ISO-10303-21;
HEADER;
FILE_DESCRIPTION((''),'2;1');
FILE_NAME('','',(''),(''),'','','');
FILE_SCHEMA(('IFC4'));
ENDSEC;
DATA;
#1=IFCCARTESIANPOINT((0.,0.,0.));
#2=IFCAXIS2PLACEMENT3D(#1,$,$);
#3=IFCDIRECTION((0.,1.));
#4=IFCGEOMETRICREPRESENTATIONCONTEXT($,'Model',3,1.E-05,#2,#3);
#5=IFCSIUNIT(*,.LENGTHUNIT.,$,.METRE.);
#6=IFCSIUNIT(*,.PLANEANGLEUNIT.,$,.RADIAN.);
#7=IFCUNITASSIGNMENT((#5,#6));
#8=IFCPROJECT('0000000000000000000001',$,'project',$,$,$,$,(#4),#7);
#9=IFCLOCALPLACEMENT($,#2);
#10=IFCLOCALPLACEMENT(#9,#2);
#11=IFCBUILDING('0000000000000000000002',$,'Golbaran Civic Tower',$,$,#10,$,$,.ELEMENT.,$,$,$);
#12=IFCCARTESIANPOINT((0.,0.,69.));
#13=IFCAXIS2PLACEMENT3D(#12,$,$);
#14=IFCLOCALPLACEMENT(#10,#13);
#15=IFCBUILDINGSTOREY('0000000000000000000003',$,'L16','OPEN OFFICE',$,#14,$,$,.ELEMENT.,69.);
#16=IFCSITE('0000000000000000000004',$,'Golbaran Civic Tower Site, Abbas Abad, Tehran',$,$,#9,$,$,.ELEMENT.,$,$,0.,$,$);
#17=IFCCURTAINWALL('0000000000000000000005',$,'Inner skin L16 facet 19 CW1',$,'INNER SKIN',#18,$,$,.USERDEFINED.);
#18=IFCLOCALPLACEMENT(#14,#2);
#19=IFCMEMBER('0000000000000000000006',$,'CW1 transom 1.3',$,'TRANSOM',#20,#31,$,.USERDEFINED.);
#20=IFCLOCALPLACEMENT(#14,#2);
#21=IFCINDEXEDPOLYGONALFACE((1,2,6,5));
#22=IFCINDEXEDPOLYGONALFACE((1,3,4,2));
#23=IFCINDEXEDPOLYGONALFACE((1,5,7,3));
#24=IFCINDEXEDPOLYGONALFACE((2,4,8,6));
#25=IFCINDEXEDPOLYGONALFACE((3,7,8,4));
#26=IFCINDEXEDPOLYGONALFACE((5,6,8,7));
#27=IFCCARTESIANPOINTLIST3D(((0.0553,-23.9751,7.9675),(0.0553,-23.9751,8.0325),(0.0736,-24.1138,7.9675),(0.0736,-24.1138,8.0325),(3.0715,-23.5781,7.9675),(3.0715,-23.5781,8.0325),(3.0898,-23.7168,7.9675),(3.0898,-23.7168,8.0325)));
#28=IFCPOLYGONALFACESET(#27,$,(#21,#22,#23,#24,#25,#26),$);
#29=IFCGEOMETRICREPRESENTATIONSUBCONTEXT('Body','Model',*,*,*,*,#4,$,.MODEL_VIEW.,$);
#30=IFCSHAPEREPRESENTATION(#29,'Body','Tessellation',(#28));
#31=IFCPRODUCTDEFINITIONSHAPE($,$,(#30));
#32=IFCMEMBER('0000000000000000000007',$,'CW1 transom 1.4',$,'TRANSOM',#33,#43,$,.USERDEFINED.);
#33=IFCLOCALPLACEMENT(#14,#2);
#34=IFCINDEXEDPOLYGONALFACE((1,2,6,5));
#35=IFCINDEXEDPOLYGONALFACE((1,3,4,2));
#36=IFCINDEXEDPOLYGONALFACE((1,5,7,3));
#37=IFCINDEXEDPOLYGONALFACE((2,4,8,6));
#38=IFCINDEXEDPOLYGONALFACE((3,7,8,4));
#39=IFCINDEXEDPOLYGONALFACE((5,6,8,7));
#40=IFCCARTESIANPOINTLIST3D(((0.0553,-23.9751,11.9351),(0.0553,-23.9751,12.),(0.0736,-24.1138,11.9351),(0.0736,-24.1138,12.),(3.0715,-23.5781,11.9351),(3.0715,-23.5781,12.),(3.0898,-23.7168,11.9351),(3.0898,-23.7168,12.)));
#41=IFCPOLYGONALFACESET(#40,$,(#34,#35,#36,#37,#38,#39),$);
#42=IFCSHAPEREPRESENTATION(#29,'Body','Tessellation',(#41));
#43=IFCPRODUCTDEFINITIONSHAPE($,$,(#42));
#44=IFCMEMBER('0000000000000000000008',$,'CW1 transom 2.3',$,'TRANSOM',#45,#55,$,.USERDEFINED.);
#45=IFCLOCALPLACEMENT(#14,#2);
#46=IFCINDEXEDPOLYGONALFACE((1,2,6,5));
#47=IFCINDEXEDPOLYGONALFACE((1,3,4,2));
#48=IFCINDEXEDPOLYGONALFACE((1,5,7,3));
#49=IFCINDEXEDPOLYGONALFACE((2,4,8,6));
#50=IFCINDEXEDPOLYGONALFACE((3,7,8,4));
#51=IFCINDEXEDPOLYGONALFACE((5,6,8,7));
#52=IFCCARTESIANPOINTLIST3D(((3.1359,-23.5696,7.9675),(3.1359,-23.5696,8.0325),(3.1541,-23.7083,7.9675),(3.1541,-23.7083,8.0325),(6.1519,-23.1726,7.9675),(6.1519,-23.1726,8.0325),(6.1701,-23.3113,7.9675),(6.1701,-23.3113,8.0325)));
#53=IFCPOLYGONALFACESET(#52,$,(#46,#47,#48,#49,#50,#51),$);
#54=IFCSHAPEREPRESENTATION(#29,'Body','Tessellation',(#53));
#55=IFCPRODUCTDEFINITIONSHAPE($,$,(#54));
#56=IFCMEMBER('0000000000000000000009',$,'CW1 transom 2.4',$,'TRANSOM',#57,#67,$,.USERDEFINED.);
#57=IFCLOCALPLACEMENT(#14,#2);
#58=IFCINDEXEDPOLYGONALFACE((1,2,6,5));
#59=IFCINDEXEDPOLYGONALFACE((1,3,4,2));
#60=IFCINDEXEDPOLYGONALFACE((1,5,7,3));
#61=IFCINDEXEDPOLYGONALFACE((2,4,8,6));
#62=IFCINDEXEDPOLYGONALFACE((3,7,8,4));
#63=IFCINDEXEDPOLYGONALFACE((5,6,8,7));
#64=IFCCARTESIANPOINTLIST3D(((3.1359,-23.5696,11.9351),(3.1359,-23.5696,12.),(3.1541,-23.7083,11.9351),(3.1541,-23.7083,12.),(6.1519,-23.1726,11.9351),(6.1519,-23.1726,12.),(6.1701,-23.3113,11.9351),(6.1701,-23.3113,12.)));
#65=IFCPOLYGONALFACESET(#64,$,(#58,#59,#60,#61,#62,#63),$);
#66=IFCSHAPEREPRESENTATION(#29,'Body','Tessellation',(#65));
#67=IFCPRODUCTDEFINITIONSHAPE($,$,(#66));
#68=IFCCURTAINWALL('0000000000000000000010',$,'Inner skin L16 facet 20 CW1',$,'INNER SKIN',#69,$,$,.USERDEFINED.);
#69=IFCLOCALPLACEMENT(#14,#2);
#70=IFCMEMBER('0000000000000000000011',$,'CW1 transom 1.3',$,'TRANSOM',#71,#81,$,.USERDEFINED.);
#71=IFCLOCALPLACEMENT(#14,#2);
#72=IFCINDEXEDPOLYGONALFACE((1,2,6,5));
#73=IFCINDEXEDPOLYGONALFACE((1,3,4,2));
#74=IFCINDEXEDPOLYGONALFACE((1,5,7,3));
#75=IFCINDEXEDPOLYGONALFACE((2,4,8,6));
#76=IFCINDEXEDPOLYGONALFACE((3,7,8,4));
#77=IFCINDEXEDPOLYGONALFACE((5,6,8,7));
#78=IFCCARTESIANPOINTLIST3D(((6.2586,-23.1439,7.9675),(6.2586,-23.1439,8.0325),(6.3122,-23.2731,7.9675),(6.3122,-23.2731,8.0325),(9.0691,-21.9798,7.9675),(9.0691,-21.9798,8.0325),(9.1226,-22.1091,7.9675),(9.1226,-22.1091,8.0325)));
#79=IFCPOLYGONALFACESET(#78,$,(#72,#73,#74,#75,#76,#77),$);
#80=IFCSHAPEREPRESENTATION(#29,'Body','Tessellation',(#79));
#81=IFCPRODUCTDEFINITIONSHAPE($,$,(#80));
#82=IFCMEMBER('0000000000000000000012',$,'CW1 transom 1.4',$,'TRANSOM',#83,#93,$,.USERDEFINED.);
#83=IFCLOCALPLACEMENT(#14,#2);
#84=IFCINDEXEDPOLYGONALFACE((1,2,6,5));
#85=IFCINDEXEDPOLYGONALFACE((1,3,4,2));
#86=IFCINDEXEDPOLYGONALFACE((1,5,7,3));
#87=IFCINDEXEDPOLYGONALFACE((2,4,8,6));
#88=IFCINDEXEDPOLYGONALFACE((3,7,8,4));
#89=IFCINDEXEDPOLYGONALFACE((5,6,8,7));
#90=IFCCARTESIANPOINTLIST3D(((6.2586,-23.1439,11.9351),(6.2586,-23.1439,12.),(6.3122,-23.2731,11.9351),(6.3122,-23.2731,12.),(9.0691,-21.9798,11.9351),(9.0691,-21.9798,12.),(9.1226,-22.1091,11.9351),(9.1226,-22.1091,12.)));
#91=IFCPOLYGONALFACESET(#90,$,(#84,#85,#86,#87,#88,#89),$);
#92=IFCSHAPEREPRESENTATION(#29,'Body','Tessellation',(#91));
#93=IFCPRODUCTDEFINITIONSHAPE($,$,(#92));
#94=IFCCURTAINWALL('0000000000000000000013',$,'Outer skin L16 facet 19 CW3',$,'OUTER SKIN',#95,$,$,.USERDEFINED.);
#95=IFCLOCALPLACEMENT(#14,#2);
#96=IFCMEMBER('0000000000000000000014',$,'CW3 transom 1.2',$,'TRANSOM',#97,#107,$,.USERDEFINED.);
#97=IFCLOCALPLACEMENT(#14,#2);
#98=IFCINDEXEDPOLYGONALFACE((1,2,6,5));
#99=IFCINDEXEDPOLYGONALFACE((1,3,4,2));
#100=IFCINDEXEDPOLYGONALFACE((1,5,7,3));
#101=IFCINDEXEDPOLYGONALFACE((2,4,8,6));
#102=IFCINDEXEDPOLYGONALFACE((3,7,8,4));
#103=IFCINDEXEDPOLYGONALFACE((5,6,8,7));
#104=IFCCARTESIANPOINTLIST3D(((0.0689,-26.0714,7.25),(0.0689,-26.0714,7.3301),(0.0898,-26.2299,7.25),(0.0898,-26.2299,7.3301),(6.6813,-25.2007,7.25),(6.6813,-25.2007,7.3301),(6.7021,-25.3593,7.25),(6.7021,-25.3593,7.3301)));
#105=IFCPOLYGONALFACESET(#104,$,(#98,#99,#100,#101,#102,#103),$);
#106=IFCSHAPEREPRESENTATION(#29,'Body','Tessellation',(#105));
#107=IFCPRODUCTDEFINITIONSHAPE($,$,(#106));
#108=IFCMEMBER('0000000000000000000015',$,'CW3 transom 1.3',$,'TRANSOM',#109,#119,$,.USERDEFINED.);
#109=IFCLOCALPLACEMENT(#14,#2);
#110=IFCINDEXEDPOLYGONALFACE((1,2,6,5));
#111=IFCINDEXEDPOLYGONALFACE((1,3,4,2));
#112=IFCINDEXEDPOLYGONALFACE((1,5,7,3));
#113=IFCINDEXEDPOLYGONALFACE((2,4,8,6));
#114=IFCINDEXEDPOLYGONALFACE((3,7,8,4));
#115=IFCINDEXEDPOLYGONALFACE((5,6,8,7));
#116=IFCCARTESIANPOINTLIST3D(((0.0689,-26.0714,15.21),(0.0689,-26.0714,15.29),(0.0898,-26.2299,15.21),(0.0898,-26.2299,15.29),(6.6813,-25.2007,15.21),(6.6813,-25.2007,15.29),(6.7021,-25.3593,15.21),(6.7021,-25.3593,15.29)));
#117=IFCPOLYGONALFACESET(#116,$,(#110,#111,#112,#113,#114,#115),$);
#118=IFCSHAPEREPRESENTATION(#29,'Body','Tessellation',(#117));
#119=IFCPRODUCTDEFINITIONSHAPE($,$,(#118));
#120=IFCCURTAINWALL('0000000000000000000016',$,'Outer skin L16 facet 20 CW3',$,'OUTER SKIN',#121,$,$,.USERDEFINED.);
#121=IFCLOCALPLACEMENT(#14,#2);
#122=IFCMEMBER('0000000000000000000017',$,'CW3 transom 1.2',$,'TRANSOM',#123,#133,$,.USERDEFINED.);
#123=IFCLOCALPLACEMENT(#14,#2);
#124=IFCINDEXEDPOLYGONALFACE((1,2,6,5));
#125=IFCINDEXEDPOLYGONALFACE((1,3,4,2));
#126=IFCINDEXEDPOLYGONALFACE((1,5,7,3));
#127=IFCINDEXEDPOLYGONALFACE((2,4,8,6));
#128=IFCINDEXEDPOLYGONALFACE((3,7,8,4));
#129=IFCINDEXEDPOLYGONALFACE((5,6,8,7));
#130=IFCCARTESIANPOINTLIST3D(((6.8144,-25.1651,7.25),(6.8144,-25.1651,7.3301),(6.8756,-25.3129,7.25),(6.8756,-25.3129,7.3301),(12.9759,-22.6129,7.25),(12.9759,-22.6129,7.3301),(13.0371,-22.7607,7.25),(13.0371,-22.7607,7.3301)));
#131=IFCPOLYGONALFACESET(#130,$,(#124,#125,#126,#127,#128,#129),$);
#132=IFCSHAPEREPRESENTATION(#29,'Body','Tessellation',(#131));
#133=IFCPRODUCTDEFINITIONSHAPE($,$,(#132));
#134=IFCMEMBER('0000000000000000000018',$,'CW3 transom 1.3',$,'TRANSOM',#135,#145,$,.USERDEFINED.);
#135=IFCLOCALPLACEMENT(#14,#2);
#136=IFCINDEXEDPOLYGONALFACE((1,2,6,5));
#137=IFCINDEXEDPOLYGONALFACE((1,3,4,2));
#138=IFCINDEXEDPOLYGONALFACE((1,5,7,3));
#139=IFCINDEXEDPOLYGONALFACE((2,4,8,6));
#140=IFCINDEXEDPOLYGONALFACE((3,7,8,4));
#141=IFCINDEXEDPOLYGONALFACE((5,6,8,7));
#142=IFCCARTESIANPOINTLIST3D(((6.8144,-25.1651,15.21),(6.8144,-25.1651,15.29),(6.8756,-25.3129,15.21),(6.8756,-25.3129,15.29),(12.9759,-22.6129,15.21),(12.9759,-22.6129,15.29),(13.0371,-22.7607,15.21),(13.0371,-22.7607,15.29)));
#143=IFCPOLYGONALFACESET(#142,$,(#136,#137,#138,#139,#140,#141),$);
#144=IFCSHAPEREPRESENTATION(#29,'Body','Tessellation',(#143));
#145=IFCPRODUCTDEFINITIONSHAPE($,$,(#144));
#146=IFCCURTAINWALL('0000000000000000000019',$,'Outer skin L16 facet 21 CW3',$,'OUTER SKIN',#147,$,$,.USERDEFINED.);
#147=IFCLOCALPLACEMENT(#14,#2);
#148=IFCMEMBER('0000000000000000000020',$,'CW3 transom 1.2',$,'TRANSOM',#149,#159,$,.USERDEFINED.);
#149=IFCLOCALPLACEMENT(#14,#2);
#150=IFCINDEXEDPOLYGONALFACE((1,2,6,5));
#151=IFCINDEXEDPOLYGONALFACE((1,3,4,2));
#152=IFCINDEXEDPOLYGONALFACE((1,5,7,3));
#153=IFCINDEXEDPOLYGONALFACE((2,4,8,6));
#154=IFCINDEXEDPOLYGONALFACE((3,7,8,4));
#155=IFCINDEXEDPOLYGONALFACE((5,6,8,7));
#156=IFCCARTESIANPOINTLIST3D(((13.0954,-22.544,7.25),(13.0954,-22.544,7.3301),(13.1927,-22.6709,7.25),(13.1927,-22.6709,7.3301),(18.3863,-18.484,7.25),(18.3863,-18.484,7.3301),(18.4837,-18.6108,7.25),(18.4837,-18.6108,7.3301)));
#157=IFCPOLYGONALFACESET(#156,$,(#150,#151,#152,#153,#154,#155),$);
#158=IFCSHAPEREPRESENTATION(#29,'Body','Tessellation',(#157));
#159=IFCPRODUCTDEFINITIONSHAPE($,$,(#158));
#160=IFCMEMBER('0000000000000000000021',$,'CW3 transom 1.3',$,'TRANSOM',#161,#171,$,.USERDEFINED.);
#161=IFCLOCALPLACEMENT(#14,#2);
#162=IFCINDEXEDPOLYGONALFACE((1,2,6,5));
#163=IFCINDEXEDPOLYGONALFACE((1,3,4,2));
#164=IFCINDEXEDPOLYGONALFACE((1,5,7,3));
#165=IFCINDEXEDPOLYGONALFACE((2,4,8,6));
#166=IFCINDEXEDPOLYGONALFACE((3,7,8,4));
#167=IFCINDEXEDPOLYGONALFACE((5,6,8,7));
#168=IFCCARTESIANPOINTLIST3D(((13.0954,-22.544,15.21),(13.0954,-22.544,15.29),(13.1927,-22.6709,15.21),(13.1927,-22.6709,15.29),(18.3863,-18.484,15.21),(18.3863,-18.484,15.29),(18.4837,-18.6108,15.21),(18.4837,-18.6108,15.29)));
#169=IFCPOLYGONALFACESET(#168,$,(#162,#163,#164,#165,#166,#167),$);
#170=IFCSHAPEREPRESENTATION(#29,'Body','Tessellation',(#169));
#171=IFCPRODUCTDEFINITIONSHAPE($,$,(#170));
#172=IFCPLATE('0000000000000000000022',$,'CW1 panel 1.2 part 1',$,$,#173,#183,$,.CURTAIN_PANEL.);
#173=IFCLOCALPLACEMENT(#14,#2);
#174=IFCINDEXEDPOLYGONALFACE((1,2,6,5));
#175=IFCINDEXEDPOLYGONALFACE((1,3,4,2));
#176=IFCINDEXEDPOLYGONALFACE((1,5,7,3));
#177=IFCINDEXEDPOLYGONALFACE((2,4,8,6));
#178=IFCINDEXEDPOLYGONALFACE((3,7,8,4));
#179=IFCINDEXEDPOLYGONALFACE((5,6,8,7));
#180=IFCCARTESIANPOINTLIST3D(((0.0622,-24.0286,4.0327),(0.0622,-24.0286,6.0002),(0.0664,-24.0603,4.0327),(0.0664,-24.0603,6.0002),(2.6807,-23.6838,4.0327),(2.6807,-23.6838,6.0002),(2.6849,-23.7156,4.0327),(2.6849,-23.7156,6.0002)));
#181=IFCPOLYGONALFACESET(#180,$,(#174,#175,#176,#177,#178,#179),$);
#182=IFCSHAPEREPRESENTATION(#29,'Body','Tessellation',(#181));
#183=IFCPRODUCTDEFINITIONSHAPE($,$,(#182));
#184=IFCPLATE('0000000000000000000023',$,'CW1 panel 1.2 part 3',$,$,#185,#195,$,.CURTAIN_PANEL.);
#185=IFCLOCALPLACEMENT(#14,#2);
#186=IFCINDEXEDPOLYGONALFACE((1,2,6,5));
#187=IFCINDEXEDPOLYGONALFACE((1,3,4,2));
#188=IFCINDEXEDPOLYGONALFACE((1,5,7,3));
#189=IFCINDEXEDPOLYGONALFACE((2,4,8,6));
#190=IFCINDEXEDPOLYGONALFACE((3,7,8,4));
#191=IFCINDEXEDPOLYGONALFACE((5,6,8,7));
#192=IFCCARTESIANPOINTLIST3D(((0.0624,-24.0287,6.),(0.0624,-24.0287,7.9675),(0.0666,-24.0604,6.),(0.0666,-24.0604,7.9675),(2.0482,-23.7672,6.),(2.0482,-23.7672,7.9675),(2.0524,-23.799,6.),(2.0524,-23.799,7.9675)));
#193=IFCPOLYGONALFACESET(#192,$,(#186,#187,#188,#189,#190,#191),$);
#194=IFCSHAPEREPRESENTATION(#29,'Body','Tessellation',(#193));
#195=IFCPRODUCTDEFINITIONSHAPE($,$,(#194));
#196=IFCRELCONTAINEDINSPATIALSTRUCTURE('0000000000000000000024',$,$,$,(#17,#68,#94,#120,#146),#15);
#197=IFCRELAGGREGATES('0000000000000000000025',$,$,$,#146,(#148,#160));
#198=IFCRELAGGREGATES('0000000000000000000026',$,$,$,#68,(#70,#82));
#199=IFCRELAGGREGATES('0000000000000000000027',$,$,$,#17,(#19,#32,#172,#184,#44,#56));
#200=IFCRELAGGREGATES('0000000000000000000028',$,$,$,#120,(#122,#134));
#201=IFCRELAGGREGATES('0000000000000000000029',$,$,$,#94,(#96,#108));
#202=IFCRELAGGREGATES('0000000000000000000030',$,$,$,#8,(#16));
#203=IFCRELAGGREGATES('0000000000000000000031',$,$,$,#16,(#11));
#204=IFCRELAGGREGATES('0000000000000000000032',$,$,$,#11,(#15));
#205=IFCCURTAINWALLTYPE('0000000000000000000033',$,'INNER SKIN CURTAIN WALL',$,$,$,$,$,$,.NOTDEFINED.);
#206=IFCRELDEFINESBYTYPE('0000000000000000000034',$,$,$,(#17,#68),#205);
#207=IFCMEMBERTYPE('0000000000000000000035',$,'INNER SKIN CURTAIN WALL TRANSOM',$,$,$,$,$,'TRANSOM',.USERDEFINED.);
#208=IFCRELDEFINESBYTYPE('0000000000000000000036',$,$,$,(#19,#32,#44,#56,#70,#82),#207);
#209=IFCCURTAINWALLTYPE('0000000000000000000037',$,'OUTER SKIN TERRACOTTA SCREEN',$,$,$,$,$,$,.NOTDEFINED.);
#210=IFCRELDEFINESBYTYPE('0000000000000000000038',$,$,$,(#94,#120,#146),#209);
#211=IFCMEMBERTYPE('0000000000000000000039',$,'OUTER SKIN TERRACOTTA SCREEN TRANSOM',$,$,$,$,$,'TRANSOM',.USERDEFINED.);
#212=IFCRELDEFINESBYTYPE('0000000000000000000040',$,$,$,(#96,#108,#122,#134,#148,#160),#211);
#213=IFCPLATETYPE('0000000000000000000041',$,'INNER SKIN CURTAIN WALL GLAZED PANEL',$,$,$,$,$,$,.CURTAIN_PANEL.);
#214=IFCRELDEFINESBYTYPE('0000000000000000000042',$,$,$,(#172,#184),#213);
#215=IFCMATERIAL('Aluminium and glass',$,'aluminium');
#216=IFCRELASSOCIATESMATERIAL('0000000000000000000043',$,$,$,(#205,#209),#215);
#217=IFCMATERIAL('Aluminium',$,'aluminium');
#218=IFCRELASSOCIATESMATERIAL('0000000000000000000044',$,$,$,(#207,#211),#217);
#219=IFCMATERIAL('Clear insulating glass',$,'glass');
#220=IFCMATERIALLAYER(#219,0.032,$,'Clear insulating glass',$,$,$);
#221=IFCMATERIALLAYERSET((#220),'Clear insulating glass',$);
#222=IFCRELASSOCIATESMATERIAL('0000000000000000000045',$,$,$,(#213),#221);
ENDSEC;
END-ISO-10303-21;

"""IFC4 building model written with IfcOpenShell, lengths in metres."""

from ifc_helpers import new_model, si_unit, direction, frame, origin, origin_2d, place, context, subcontext, project, spatial, rectangle, extrude, material, layer, layer_set, material_profile, profile_set, type_object, element, aggregate, save


model = new_model("IFC4")

# Units and contexts
model_context = context("Model", 3, precision=1e-05, world=origin(), true_north=direction((0.0, 1.0)))
body_context = subcontext(model_context, "Body", "Model", "MODEL_VIEW")
ifc_project = project(units=[si_unit("LENGTHUNIT", "METRE"), si_unit("PLANEANGLEUNIT", "RADIAN")], contexts=[model_context])

# Site, building, storey
site_placement = place(None, origin())
site = spatial("IfcSite", under=ifc_project, at=site_placement, Name="Golbaran Civic Tower Site, Abbas Abad, Tehran", CompositionType="ELEMENT", RefElevation=0.0)
building_placement = place(site_placement, origin())
building = spatial("IfcBuilding", under=site, at=building_placement, Name="Golbaran Civic Tower", CompositionType="ELEMENT")
storey_placement = place(building_placement, frame((0.0, 0.0, 69.0)))
storey = spatial("IfcBuildingStorey", under=building, at=storey_placement, Name="L16", Description="OPEN OFFICE", CompositionType="ELEMENT", Elevation=69.0)

# Curtain walls, members
ifc_material_1 = material(Name="Aluminium and glass", Category="aluminium")
curtain_wall_type_1 = type_object("IfcCurtainWallType", Name="INNER SKIN CURTAIN WALL", PredefinedType="NOTDEFINED", material=ifc_material_1)
curtain_wall_1_placement = place(storey_placement, origin())
curtain_wall_1 = element("IfcCurtainWall", 1, at=curtain_wall_1_placement, inside=storey, type_object=curtain_wall_type_1, Name="Inner skin L16 facet 19 CW1", ObjectType="INNER SKIN", PredefinedType="USERDEFINED")
ifc_material_2 = material(Name="Aluminium", Category="aluminium")
ifc_material_profile_1 = material_profile(ifc_material_2, rectangle(XDim=0.1399, YDim=0.0649, at=origin_2d()), Name="INNER SKIN CURTAIN WALL TRANSOM")
ifc_profile_set_1 = profile_set([ifc_material_profile_1], Name="Aluminium")
member_type_1 = type_object("IfcMemberType", Name="INNER SKIN CURTAIN WALL TRANSOM", ElementType="TRANSOM", PredefinedType="USERDEFINED", material=ifc_profile_set_1)
member_1_placement = place(storey_placement, frame((0.0645, -24.0444, 8.0), z_axis=(0.991449, 0.130492, 0.0), x_axis=(-0.130492, 0.991449, 0.0)))
member_1 = element("IfcMember", 2, at=member_1_placement, type_object=member_type_1, Name="CW1 transom 1.3", ObjectType="TRANSOM", PredefinedType="USERDEFINED", context=body_context, shape_type="SweptSolid", body=[
    extrude(rectangle(XDim=0.1399, YDim=0.0649, at=origin_2d()), origin(), (0.0, 0.0, 1.0), 3.0422),
])
member_2_placement = place(storey_placement, frame((0.0645, -24.0444, 11.9675), z_axis=(0.991449, 0.130492, 0.0), x_axis=(-0.130492, 0.991449, 0.0)))
member_2 = element("IfcMember", 3, at=member_2_placement, type_object=member_type_1, Name="CW1 transom 1.4", ObjectType="TRANSOM", PredefinedType="USERDEFINED", context=body_context, shape_type="SweptSolid", body=[
    extrude(rectangle(XDim=0.1399, YDim=0.0649, at=origin_2d()), origin(), (0.0, 0.0, 1.0), 3.0422),
])
member_3_placement = place(storey_placement, frame((3.145, -23.6389, 8.0), z_axis=(0.991448, 0.130502, 0.0), x_axis=(-0.130502, 0.991448, 0.0)))
member_3 = element("IfcMember", 4, at=member_3_placement, type_object=member_type_1, Name="CW1 transom 2.3", ObjectType="TRANSOM", PredefinedType="USERDEFINED", context=body_context, shape_type="SweptSolid", body=[
    extrude(rectangle(XDim=0.1399, YDim=0.0649, at=origin_2d()), origin(), (0.0, 0.0, 1.0), 3.042),
])
member_4_placement = place(storey_placement, frame((3.145, -23.6389, 11.9675), z_axis=(0.991448, 0.130502, 0.0), x_axis=(-0.130502, 0.991448, 0.0)))
member_4 = element("IfcMember", 5, at=member_4_placement, type_object=member_type_1, Name="CW1 transom 2.4", ObjectType="TRANSOM", PredefinedType="USERDEFINED", context=body_context, shape_type="SweptSolid", body=[
    extrude(rectangle(XDim=0.1399, YDim=0.0649, at=origin_2d()), origin(), (0.0, 0.0, 1.0), 3.042),
])
curtain_wall_2_placement = place(storey_placement, origin())
curtain_wall_2 = element("IfcCurtainWall", 6, at=curtain_wall_2_placement, inside=storey, type_object=curtain_wall_type_1, Name="Inner skin L16 facet 20 CW1", ObjectType="INNER SKIN", PredefinedType="USERDEFINED")
member_5_placement = place(storey_placement, frame((6.2854, -23.2085, 8.0), z_axis=(0.923892, 0.382654, 0.0), x_axis=(-0.382654, 0.923892, 0.0)))
member_5 = element("IfcMember", 7, at=member_5_placement, type_object=member_type_1, Name="CW1 transom 1.3", ObjectType="TRANSOM", PredefinedType="USERDEFINED", context=body_context, shape_type="SweptSolid", body=[
    extrude(rectangle(XDim=0.1399, YDim=0.0649, at=origin_2d()), origin(), (0.0, 0.0, 1.0), 3.042),
])
member_6_placement = place(storey_placement, frame((6.2854, -23.2085, 11.9675), z_axis=(0.923892, 0.382654, 0.0), x_axis=(-0.382654, 0.923892, 0.0)))
member_6 = element("IfcMember", 8, at=member_6_placement, type_object=member_type_1, Name="CW1 transom 1.4", ObjectType="TRANSOM", PredefinedType="USERDEFINED", context=body_context, shape_type="SweptSolid", body=[
    extrude(rectangle(XDim=0.1399, YDim=0.0649, at=origin_2d()), origin(), (0.0, 0.0, 1.0), 3.042),
])
curtain_wall_type_2 = type_object("IfcCurtainWallType", Name="OUTER SKIN TERRACOTTA SCREEN", PredefinedType="NOTDEFINED", material=ifc_material_1)
curtain_wall_3_placement = place(storey_placement, origin())
curtain_wall_3 = element("IfcCurtainWall", 9, at=curtain_wall_3_placement, inside=storey, type_object=curtain_wall_type_2, Name="Outer skin L16 facet 19 CW3", ObjectType="OUTER SKIN", PredefinedType="USERDEFINED")
ifc_material_profile_2 = material_profile(ifc_material_2, rectangle(XDim=0.1599, YDim=0.0801, at=origin_2d()), Name="OUTER SKIN TERRACOTTA SCREEN TRANSOM")
ifc_profile_set_2 = profile_set([ifc_material_profile_2], Name="Aluminium")
member_type_2 = type_object("IfcMemberType", Name="OUTER SKIN TERRACOTTA SCREEN TRANSOM", ElementType="TRANSOM", PredefinedType="USERDEFINED", material=ifc_profile_set_2)
member_7_placement = place(storey_placement, frame((0.0793, -26.1506, 7.29), z_axis=(0.991443, 0.130538, 0.0), x_axis=(-0.130538, 0.991443, 0.0)))
member_7 = element("IfcMember", 10, at=member_7_placement, type_object=member_type_2, Name="CW3 transom 1.2", ObjectType="TRANSOM", PredefinedType="USERDEFINED", context=body_context, shape_type="SweptSolid", body=[
    extrude(rectangle(XDim=0.1599, YDim=0.0801, at=origin_2d()), origin(), (0.0, 0.0, 1.0), 6.6694),
])
member_8_placement = place(storey_placement, frame((0.0793, -26.1506, 15.25), z_axis=(0.991443, 0.130538, 0.0), x_axis=(-0.130538, 0.991443, 0.0)))
member_8 = element("IfcMember", 11, at=member_8_placement, type_object=member_type_2, Name="CW3 transom 1.3", ObjectType="TRANSOM", PredefinedType="USERDEFINED", context=body_context, shape_type="SweptSolid", body=[
    extrude(rectangle(XDim=0.1599, YDim=0.0801, at=origin_2d()), origin(), (0.0, 0.0, 1.0), 6.6694),
])
curtain_wall_4_placement = place(storey_placement, origin())
curtain_wall_4 = element("IfcCurtainWall", 12, at=curtain_wall_4_placement, inside=storey, type_object=curtain_wall_type_2, Name="Outer skin L16 facet 20 CW3", ObjectType="OUTER SKIN", PredefinedType="USERDEFINED")
member_9_placement = place(storey_placement, frame((6.845, -25.239, 7.29), z_axis=(0.923879, 0.382686, 0.0), x_axis=(-0.382686, 0.923879, 0.0)))
member_9 = element("IfcMember", 13, at=member_9_placement, type_object=member_type_2, Name="CW3 transom 1.2", ObjectType="TRANSOM", PredefinedType="USERDEFINED", context=body_context, shape_type="SweptSolid", body=[
    extrude(rectangle(XDim=0.1599, YDim=0.0801, at=origin_2d()), origin(), (0.0, 0.0, 1.0), 6.6692),
])
member_10_placement = place(storey_placement, frame((6.845, -25.239, 15.25), z_axis=(0.923879, 0.382686, 0.0), x_axis=(-0.382686, 0.923879, 0.0)))
member_10 = element("IfcMember", 14, at=member_10_placement, type_object=member_type_2, Name="CW3 transom 1.3", ObjectType="TRANSOM", PredefinedType="USERDEFINED", context=body_context, shape_type="SweptSolid", body=[
    extrude(rectangle(XDim=0.1599, YDim=0.0801, at=origin_2d()), origin(), (0.0, 0.0, 1.0), 6.6692),
])
curtain_wall_5_placement = place(storey_placement, origin())
curtain_wall_5 = element("IfcCurtainWall", 15, at=curtain_wall_5_placement, inside=storey, type_object=curtain_wall_type_2, Name="Outer skin L16 facet 21 CW3", ObjectType="OUTER SKIN", PredefinedType="USERDEFINED")
member_11_placement = place(storey_placement, frame((13.144, -22.6074, 7.29), z_axis=(0.793345, 0.608773, 0.0), x_axis=(-0.608773, 0.793345, 0.0)))
member_11 = element("IfcMember", 16, at=member_11_placement, type_object=member_type_2, Name="CW3 transom 1.2", ObjectType="TRANSOM", PredefinedType="USERDEFINED", context=body_context, shape_type="SweptSolid", body=[
    extrude(rectangle(XDim=0.1599, YDim=0.0801, at=origin_2d()), origin(), (0.0, 0.0, 1.0), 6.6692),
])
member_12_placement = place(storey_placement, frame((13.144, -22.6074, 15.25), z_axis=(0.793345, 0.608773, 0.0), x_axis=(-0.608773, 0.793345, 0.0)))
member_12 = element("IfcMember", 17, at=member_12_placement, type_object=member_type_2, Name="CW3 transom 1.3", ObjectType="TRANSOM", PredefinedType="USERDEFINED", context=body_context, shape_type="SweptSolid", body=[
    extrude(rectangle(XDim=0.1599, YDim=0.0801, at=origin_2d()), origin(), (0.0, 0.0, 1.0), 6.6692),
])
aggregate(curtain_wall_5, [member_11, member_12])

# Plates
ifc_material_3 = material(Name="Clear insulating glass", Category="glass")
ifc_layer_1 = layer(ifc_material_3, 0.032, Name="Clear insulating glass")
ifc_layer_set_1 = layer_set([ifc_layer_1], Name="Clear insulating glass")
plate_type_1 = type_object("IfcPlateType", Name="INNER SKIN CURTAIN WALL GLAZED PANEL", PredefinedType="CURTAIN_PANEL", material=ifc_layer_set_1)
plate_1_placement = place(storey_placement, frame((1.3735, -23.8721, 4.0327), z_axis=(0.0, 0.0, 1.0), x_axis=(0.991445, 0.130526, 0.0)))
plate_1 = element("IfcPlate", 18, at=plate_1_placement, type_object=plate_type_1, Name="CW1 panel 1.2 part 1", PredefinedType="CURTAIN_PANEL", context=body_context, shape_type="SweptSolid", body=[
    extrude(rectangle(XDim=2.6411, YDim=0.032, at=origin_2d()), origin(), (0.0, 0.0, 1.0), 1.9675),
])
plate_2_placement = place(storey_placement, frame((1.0574, -23.9138, 6.0), z_axis=(0.0, 0.0, 1.0), x_axis=(0.991445, 0.130526, 0.0)))
plate_2 = element("IfcPlate", 19, at=plate_2_placement, type_object=plate_type_1, Name="CW1 panel 1.2 part 3", PredefinedType="CURTAIN_PANEL", context=body_context, shape_type="SweptSolid", body=[
    extrude(rectangle(XDim=2.0029, YDim=0.032, at=origin_2d()), origin(), (0.0, 0.0, 1.0), 1.9675),
])
aggregate(curtain_wall_2, [member_5, member_6])
aggregate(curtain_wall_1, [member_1, member_2, plate_1, plate_2, member_3, member_4])
aggregate(curtain_wall_4, [member_9, member_10])
aggregate(curtain_wall_3, [member_7, member_8])

save(model, "model.ifc")
